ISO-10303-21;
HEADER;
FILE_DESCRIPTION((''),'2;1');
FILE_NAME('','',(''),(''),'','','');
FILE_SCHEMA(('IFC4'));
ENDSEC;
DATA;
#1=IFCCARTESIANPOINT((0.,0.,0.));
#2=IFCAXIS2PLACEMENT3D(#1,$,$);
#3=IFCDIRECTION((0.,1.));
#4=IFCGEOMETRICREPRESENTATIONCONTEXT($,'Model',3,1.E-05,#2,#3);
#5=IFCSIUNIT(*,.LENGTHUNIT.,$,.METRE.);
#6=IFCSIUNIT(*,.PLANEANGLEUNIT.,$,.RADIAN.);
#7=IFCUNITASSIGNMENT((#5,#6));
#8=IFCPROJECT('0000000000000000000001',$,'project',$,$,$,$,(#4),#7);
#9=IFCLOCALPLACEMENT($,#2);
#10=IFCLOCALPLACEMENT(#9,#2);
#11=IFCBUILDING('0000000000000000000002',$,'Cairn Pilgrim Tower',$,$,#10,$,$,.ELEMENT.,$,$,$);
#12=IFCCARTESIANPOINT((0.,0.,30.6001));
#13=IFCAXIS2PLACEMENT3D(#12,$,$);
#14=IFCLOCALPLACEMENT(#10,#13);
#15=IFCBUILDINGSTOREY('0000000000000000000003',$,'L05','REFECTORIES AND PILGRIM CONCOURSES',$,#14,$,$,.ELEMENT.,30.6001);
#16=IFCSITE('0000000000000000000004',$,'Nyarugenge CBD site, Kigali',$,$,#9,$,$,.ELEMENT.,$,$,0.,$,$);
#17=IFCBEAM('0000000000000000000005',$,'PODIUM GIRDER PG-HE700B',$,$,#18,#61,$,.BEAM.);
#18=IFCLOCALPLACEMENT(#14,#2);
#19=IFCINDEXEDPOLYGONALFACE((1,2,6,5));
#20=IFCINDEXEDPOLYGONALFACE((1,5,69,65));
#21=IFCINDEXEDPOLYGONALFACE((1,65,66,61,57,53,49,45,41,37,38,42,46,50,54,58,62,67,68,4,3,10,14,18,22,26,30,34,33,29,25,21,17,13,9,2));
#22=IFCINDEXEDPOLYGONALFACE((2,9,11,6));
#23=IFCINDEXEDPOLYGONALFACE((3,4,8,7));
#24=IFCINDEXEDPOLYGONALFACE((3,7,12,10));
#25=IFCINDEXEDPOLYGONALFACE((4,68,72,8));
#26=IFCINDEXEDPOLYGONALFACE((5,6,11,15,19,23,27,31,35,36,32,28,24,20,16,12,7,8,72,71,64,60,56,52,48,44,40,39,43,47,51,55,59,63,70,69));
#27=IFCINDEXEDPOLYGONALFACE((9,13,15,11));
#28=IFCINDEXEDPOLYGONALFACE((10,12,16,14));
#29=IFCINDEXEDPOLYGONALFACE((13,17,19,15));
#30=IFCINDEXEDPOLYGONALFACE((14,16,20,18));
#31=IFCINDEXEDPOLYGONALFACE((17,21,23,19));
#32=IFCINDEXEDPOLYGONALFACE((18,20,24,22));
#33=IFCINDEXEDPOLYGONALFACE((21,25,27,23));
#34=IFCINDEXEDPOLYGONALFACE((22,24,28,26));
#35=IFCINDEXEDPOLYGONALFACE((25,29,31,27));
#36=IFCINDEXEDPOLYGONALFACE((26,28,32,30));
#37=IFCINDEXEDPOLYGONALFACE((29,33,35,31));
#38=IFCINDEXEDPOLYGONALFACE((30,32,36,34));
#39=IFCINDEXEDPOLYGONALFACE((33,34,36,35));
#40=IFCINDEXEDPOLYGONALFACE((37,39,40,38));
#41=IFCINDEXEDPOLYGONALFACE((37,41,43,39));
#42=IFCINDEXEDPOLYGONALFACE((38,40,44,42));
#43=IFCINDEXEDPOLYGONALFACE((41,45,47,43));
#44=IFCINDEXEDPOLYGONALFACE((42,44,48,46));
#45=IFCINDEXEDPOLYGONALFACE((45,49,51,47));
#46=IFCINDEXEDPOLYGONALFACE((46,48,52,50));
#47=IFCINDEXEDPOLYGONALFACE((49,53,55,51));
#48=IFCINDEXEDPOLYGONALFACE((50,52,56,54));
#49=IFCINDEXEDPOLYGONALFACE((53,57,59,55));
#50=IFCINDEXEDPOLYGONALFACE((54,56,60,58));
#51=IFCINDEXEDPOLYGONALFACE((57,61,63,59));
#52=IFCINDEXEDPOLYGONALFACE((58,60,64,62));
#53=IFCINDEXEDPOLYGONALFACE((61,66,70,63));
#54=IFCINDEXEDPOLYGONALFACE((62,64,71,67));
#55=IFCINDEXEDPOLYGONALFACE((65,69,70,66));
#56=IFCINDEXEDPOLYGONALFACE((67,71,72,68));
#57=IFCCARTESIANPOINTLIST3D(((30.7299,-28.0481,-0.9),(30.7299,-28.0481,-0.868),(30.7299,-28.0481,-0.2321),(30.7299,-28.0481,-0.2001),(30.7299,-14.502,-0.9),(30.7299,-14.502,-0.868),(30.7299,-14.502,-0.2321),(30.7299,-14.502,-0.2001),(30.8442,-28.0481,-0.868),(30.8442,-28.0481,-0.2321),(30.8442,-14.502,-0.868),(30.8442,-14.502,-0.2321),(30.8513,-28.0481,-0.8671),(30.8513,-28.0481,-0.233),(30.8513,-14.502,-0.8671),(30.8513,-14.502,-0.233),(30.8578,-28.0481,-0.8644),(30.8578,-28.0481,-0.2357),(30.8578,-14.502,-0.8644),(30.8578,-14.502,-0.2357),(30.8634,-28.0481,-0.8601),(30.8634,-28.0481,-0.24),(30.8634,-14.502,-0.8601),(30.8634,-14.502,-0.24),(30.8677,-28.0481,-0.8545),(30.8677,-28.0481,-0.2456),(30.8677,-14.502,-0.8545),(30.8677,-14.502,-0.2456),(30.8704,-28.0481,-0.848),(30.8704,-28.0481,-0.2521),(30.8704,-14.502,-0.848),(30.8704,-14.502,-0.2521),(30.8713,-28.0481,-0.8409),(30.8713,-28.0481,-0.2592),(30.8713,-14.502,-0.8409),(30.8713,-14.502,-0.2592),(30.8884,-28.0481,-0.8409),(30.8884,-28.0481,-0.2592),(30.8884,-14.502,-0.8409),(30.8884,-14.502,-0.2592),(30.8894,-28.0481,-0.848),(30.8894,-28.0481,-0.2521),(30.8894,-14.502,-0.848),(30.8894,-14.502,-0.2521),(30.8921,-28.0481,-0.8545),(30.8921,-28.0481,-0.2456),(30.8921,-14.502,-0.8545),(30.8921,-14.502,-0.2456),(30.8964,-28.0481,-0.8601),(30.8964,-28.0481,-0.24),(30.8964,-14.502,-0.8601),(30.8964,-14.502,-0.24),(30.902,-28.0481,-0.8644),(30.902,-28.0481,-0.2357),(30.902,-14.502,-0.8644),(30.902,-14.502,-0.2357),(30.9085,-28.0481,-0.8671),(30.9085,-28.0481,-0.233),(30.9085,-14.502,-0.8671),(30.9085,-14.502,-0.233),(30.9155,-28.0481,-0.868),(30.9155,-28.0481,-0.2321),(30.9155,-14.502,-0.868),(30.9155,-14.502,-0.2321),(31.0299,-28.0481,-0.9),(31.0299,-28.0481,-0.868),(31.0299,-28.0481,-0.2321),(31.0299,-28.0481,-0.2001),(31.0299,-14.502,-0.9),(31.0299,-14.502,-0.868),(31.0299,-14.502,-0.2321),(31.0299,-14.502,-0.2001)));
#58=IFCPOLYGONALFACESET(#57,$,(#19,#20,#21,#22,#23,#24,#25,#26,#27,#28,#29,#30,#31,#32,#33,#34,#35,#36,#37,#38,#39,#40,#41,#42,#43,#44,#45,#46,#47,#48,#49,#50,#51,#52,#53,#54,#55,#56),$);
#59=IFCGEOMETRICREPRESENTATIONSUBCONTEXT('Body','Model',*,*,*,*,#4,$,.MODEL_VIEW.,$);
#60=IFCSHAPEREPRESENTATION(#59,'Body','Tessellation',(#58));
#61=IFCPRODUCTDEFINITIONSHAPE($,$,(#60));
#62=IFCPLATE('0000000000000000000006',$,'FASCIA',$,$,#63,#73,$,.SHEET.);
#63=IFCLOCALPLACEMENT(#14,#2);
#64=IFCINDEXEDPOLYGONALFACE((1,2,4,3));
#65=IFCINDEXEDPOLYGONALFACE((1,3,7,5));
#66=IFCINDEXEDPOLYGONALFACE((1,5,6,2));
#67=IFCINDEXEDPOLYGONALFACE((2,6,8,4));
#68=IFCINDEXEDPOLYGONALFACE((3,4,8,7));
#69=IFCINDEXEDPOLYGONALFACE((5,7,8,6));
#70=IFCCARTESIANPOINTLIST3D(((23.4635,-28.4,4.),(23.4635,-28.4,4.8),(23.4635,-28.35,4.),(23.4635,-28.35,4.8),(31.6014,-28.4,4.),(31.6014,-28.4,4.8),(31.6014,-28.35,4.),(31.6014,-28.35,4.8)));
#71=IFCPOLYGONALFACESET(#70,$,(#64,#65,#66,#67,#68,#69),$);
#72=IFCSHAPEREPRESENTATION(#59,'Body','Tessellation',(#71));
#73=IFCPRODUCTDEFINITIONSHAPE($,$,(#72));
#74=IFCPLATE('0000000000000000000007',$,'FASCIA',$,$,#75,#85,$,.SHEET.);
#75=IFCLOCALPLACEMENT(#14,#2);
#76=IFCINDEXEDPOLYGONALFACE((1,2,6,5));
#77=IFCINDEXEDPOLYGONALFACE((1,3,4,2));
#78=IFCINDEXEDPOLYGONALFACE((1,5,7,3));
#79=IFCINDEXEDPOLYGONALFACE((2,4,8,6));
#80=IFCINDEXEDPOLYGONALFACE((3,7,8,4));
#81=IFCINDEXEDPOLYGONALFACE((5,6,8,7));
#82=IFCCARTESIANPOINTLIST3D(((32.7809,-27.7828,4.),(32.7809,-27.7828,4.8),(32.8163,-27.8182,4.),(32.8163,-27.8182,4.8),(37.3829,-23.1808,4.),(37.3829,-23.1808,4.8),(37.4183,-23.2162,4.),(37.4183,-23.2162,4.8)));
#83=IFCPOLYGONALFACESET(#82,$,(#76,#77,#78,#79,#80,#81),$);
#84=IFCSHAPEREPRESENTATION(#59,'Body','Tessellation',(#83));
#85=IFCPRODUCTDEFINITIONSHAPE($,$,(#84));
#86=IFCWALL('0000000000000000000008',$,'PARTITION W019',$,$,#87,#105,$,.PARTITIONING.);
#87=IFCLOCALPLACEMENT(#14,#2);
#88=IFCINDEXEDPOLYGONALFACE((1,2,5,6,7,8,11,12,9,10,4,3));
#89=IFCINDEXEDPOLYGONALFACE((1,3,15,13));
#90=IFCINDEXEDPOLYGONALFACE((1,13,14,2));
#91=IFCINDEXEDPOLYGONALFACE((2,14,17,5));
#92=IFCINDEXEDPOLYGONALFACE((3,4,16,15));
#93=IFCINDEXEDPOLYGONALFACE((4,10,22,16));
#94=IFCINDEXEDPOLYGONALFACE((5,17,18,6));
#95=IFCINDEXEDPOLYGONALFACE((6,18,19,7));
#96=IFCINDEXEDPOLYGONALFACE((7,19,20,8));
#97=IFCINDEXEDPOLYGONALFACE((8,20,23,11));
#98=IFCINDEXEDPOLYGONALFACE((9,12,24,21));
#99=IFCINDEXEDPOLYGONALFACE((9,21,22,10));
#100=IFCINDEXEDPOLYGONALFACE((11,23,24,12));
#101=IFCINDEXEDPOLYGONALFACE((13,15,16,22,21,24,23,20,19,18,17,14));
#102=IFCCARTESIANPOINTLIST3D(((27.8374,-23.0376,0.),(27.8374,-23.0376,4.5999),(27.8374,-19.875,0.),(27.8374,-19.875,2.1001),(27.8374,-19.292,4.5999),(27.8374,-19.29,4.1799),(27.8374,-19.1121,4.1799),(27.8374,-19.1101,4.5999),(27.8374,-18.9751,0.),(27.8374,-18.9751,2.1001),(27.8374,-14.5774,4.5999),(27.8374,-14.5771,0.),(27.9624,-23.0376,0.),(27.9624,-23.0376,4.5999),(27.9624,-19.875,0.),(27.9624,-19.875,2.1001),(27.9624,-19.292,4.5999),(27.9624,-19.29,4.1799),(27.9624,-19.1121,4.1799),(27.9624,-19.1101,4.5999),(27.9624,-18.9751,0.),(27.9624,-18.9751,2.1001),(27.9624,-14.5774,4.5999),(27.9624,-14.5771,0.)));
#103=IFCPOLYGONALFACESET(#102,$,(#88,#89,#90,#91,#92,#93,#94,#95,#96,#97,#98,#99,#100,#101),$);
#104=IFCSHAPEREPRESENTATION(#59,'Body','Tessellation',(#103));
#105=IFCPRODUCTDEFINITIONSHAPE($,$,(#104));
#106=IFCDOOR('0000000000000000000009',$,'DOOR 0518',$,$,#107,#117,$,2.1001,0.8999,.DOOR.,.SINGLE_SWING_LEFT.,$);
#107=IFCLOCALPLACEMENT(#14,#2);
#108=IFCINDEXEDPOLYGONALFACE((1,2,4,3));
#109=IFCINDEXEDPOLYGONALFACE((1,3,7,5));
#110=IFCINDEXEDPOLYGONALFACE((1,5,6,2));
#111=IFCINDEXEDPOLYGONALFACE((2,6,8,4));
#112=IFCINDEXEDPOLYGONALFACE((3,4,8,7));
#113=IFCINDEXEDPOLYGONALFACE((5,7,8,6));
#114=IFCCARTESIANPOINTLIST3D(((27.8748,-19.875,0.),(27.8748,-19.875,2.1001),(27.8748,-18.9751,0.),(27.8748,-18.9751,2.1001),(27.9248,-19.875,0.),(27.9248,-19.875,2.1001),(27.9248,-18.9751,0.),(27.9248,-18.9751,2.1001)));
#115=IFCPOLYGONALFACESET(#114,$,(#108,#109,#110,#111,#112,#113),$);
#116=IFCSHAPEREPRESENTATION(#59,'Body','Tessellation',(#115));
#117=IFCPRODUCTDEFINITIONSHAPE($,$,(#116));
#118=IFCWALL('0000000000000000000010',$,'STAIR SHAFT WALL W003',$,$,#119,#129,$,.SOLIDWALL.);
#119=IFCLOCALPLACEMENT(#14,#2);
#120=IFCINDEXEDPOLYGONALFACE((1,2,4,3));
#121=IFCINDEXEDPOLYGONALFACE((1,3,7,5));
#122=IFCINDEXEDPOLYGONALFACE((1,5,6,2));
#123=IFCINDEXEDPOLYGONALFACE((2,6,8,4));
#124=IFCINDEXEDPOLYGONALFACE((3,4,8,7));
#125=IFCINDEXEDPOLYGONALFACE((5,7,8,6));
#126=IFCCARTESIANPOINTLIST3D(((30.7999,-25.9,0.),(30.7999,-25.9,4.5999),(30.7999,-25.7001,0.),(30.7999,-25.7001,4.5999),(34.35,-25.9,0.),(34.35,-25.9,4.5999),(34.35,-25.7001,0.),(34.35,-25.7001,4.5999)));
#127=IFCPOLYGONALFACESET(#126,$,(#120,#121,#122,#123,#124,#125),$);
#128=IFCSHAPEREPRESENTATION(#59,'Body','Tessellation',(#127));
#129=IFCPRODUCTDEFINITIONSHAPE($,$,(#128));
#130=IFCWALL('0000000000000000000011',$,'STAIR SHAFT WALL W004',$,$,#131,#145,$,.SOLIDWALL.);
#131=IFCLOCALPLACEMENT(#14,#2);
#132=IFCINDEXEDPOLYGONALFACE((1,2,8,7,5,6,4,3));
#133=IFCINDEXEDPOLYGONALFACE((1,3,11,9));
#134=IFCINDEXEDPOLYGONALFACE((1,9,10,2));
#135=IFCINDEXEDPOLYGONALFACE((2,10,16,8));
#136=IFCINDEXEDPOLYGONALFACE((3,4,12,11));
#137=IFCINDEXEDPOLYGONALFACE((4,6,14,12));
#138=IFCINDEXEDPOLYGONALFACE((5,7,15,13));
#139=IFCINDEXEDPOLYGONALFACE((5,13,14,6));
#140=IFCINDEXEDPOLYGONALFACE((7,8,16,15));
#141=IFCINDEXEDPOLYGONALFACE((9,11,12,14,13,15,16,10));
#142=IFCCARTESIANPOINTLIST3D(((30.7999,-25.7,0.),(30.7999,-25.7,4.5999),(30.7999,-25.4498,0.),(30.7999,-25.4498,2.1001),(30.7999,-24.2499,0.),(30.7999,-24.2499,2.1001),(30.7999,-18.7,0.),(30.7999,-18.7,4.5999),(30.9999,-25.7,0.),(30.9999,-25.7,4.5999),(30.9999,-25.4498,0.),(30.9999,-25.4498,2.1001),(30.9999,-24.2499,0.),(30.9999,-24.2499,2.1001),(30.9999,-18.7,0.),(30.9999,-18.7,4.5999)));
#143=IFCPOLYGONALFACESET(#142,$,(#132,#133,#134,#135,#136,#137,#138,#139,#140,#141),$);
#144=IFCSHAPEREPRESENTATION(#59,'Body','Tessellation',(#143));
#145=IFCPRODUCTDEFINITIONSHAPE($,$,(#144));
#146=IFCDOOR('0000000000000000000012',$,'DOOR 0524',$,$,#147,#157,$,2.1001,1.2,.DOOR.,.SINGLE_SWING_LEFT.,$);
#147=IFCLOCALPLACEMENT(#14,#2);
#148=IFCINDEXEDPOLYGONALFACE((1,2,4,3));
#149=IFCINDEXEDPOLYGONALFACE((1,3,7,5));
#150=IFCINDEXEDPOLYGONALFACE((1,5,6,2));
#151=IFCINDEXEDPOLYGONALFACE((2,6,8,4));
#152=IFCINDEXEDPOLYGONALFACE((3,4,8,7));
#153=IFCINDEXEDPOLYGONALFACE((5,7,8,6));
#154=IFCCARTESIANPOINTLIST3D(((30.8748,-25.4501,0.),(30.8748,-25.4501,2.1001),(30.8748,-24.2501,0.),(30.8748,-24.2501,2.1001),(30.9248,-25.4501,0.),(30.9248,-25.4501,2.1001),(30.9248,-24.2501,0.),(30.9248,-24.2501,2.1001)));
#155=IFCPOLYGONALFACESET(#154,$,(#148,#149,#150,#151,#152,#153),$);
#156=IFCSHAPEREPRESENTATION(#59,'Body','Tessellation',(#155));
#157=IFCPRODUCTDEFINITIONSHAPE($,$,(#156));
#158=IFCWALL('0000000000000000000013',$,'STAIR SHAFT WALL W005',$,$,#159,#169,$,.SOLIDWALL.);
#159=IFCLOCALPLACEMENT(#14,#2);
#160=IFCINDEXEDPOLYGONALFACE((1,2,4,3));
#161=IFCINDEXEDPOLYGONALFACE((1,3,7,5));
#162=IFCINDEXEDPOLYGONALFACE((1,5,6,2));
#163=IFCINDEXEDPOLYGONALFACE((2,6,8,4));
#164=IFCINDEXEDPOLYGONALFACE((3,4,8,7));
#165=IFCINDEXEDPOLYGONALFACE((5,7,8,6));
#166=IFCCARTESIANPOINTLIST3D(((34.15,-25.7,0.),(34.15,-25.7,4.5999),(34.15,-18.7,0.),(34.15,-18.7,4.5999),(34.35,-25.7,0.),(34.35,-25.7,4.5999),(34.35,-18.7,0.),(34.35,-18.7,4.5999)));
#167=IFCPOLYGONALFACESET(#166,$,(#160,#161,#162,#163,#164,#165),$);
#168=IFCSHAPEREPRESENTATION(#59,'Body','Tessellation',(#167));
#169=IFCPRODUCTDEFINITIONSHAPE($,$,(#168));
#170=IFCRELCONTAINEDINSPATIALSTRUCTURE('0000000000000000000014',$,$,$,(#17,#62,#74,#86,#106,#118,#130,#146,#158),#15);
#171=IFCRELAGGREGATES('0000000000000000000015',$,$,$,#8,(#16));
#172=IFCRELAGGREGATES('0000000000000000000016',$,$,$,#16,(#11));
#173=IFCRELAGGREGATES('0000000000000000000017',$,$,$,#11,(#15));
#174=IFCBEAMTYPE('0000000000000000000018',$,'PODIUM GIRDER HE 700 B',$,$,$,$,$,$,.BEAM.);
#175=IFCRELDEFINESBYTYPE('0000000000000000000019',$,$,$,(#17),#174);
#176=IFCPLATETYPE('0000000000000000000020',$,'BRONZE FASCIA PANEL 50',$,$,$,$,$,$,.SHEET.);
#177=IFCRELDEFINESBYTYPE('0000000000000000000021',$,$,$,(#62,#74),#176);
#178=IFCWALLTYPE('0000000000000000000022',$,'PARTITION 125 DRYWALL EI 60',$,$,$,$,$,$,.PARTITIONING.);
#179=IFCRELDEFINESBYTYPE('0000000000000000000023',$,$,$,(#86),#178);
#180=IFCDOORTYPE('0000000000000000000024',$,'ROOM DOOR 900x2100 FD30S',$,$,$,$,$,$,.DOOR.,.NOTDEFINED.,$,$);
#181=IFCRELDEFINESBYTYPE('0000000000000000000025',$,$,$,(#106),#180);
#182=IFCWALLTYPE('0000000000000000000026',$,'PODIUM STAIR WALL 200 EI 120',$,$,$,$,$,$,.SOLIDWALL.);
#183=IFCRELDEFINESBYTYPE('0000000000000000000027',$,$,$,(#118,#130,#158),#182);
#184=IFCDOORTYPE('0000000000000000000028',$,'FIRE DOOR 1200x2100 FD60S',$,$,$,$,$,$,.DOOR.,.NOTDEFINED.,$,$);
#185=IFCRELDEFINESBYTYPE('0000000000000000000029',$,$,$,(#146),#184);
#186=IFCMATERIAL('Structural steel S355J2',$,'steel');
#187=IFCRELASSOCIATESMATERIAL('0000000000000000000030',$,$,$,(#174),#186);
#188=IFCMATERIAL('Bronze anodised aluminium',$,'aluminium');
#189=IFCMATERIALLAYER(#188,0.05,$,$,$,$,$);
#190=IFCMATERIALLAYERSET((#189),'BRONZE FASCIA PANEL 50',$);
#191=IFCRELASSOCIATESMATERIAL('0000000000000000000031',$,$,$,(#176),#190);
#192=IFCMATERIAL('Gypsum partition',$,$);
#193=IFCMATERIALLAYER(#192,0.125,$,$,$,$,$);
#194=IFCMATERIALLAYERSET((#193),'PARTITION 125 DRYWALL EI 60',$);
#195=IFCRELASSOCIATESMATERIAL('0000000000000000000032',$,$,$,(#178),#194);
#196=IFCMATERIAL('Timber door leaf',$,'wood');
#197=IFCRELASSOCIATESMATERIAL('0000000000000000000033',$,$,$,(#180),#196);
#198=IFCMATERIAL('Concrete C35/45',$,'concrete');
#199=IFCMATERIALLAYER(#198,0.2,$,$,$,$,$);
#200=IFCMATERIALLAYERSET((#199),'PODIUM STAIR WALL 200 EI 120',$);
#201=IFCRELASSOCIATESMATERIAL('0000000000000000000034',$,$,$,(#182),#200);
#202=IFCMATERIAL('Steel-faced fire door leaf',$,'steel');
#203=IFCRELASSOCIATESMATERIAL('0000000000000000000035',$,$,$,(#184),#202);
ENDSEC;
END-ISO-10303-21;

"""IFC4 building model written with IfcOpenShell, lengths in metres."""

from ifc_helpers import new_model, si_unit, direction, frame, frame_2d, origin, origin_2d, place, context, subcontext, project, spatial, polyline, rectangle, i_section, outline, extrude, material, layer, layer_set, material_profile, profile_set, type_object, element, fill, save


model = new_model("IFC4")

# Units and contexts
model_context = context("Model", 3, precision=1e-05, world=origin(), true_north=direction((0.0, 1.0)))
body_context = subcontext(model_context, "Body", "Model", "MODEL_VIEW")
ifc_project = project(units=[si_unit("LENGTHUNIT", "METRE"), si_unit("PLANEANGLEUNIT", "RADIAN")], contexts=[model_context])

# Site, building, storey
site_placement = place(None, origin())
site = spatial("IfcSite", under=ifc_project, at=site_placement, Name="Nyarugenge CBD site, Kigali", CompositionType="ELEMENT", RefElevation=0.0)
building_placement = place(site_placement, origin())
building = spatial("IfcBuilding", under=site, at=building_placement, Name="Cairn Pilgrim Tower", CompositionType="ELEMENT")
storey_placement = place(building_placement, frame((0.0, 0.0, 30.6001)))
storey = spatial("IfcBuildingStorey", under=building, at=storey_placement, Name="L05", Description="REFECTORIES AND PILGRIM CONCOURSES", CompositionType="ELEMENT", Elevation=30.6001)

# Beam
ifc_material_1 = material(Name="Structural steel S355J2", Category="steel")
ifc_material_profile_1 = material_profile(ifc_material_1, i_section(OverallWidth=0.3, OverallDepth=0.7, WebThickness=0.0171, FlangeThickness=0.032, FilletRadius=0.0271, at=origin_2d()), Name="HEB 700")
ifc_profile_set_1 = profile_set([ifc_material_profile_1], Name="Structural steel S355J2")
beam_type_1 = type_object("IfcBeamType", Name="PODIUM GIRDER HE 700 B", PredefinedType="BEAM", material=ifc_profile_set_1)
beam_1_placement = place(storey_placement, frame((30.8799, -28.0481, -0.55), z_axis=(0.0, 1.0, 0.0), x_axis=(-1.0, 0.0, 0.0)))
element("IfcBeam", 1, at=beam_1_placement, inside=storey, type_object=beam_type_1, Name="PODIUM GIRDER PG-HE700B", PredefinedType="BEAM", context=body_context, shape_type="SweptSolid", body=[
    extrude(i_section(OverallWidth=0.3, OverallDepth=0.7, WebThickness=0.0171, FlangeThickness=0.032, FilletRadius=0.0271, at=origin_2d()), origin(), (0.0, 0.0, 1.0), 13.5461),
])

# Plates
ifc_material_2 = material(Name="Bronze anodised aluminium", Category="aluminium")
ifc_layer_1 = layer(ifc_material_2, 0.05)
ifc_layer_set_1 = layer_set([ifc_layer_1], Name="BRONZE FASCIA PANEL 50")
plate_type = type_object("IfcPlateType", Name="BRONZE FASCIA PANEL 50", PredefinedType="SHEET", material=ifc_layer_set_1)
plate_1_placement = place(storey_placement, frame((27.5325, -28.375, 4.0), z_axis=(0.0, 0.0, 1.0), x_axis=(1.0, 0.0, 0.0)))
element("IfcPlate", 2, at=plate_1_placement, inside=storey, type_object=plate_type, Name="FASCIA", PredefinedType="SHEET", context=body_context, shape_type="SweptSolid", body=[
    extrude(rectangle(XDim=8.1379, YDim=0.05, at=origin_2d()), origin(), (0.0, 0.0, 1.0), 0.8),
])
plate_2_placement = place(storey_placement, frame((35.0996, -25.4995, 4.0), z_axis=(0.0, 0.0, 1.0), x_axis=(0.707107, 0.707107, 0.0)))
element("IfcPlate", 3, at=plate_2_placement, inside=storey, type_object=plate_type, Name="FASCIA", PredefinedType="SHEET", context=body_context, shape_type="SweptSolid", body=[
    extrude(rectangle(XDim=6.5083, YDim=0.05, at=origin_2d()), origin(), (0.0, 0.0, 1.0), 0.8),
])

# Wall, opening, door
ifc_material_3 = material(Name="Gypsum partition")
ifc_layer_2 = layer(ifc_material_3, 0.125)
ifc_layer_set_2 = layer_set([ifc_layer_2], Name="PARTITION 125 DRYWALL EI 60")
wall_type_1 = type_object("IfcWallType", Name="PARTITION 125 DRYWALL EI 60", PredefinedType="PARTITIONING", material=ifc_layer_set_2)
wall_1_placement = place(storey_placement, frame((27.8999, -23.0376, 0.0), z_axis=(0.0, 0.0, 1.0), x_axis=(0.0, 1.0, 0.0)))
wall_1 = element("IfcWall", 4, at=wall_1_placement, inside=storey, type_object=wall_type_1, Name="PARTITION W019", PredefinedType="PARTITIONING", context=body_context, shape_type="SweptSolid", body=[
    extrude(outline(polyline([(0.0, 0.0), (8.4604, 0.0), (8.4602, 4.5999), (3.9275, 4.5999), (3.9255, 4.1799), (3.7476, 4.1799), (3.7456, 4.5999), (0.0, 4.5999), (0.0, 0.0)])), frame((0.0, 0.0625, 0.0), z_axis=(0.0, -1.0, 0.0), x_axis=(1.0, 0.0, 0.0)), (0.0, 0.0, 1.0), 0.125),
])
opening_1_placement = place(wall_1_placement, frame((3.1626, 0.0, 0.0)))
opening_1 = element("IfcOpeningElement", 5, at=opening_1_placement, cuts=wall_1, PredefinedType="OPENING", context=body_context, shape_type="SweptSolid", body=[
    extrude(rectangle(XDim=0.8999, YDim=2.1001, at=frame_2d((0.45, 1.05))), frame((0.0, 0.0725, 0.0), z_axis=(0.0, -1.0, 0.0), x_axis=(1.0, 0.0, 0.0)), (0.0, 0.0, 1.0), 0.145),
])
ifc_material_4 = material(Name="Timber door leaf", Category="wood")
door_type_1 = type_object("IfcDoorType", Name="ROOM DOOR 900x2100 FD30S", OperationType="NOTDEFINED", PredefinedType="DOOR", material=ifc_material_4)
door_1_placement = place(opening_1_placement, frame((0.8999, 0.0, 0.0), z_axis=(0.0, 0.0, 1.0), x_axis=(-1.0, 0.0, 0.0)))
door_1 = element("IfcDoor", 6, at=door_1_placement, inside=storey, type_object=door_type_1, Name="DOOR 0518", OperationType="SINGLE_SWING_LEFT", OverallHeight=2.1001, OverallWidth=0.8999, PredefinedType="DOOR", context=body_context, shape_type="SweptSolid", body=[
    extrude(rectangle(XDim=0.8999, YDim=2.1001, at=frame_2d((0.45, 1.05))), frame((0.0, 0.0249, 0.0), z_axis=(0.0, -1.0, 0.0), x_axis=(1.0, 0.0, 0.0)), (0.0, 0.0, 1.0), 0.05),
])
fill(opening_1, door_1)

# Wall
ifc_material_5 = material(Name="Concrete C35/45", Category="concrete")
ifc_layer_3 = layer(ifc_material_5, 0.2)
ifc_layer_set_3 = layer_set([ifc_layer_3], Name="PODIUM STAIR WALL 200 EI 120")
wall_type_2 = type_object("IfcWallType", Name="PODIUM STAIR WALL 200 EI 120", PredefinedType="SOLIDWALL", material=ifc_layer_set_3)
wall_2_placement = place(storey_placement, frame((30.8, -25.8, 0.0), z_axis=(0.0, 0.0, 1.0), x_axis=(1.0, 0.0, 0.0)))
element("IfcWall", 7, at=wall_2_placement, inside=storey, type_object=wall_type_2, Name="STAIR SHAFT WALL W003", PredefinedType="SOLIDWALL", context=body_context, shape_type="SweptSolid", body=[
    extrude(rectangle(XDim=3.55, YDim=0.2, at=frame_2d((1.7749, 0.0))), origin(), (0.0, 0.0, 1.0), 4.5999),
])

# Wall, opening, door
wall_3_placement = place(storey_placement, frame((30.8999, -25.7, 0.0), z_axis=(0.0, 0.0, 1.0), x_axis=(0.0, 1.0, 0.0)))
wall_3 = element("IfcWall", 8, at=wall_3_placement, inside=storey, type_object=wall_type_2, Name="STAIR SHAFT WALL W004", PredefinedType="SOLIDWALL", context=body_context, shape_type="SweptSolid", body=[
    extrude(rectangle(XDim=7.0, YDim=0.2, at=frame_2d((3.5, 0.0))), origin(), (0.0, 0.0, 1.0), 4.5999),
])
opening_2_placement = place(wall_3_placement, frame((0.25, 0.0, 0.0)))
opening_2 = element("IfcOpeningElement", 9, at=opening_2_placement, cuts=wall_3, PredefinedType="OPENING", context=body_context, shape_type="SweptSolid", body=[
    extrude(rectangle(XDim=1.2, YDim=2.1001, at=frame_2d((0.6001, 1.05))), frame((0.0, 0.1099, 0.0), z_axis=(0.0, -1.0, 0.0), x_axis=(1.0, 0.0, 0.0)), (0.0, 0.0, 1.0), 0.22),
])
ifc_material_6 = material(Name="Steel-faced fire door leaf", Category="steel")
door_type_2 = type_object("IfcDoorType", Name="FIRE DOOR 1200x2100 FD60S", OperationType="NOTDEFINED", PredefinedType="DOOR", material=ifc_material_6)
door_2_placement = place(opening_2_placement, frame((1.2, 0.0, 0.0), z_axis=(0.0, 0.0, 1.0), x_axis=(-1.0, 0.0, 0.0)))
door_2 = element("IfcDoor", 10, at=door_2_placement, inside=storey, type_object=door_type_2, Name="DOOR 0524", OperationType="SINGLE_SWING_LEFT", OverallHeight=2.1001, OverallWidth=1.2, PredefinedType="DOOR", context=body_context, shape_type="SweptSolid", body=[
    extrude(rectangle(XDim=1.2, YDim=2.1001, at=frame_2d((0.6001, 1.05))), frame((0.0, 0.0249, 0.0), z_axis=(0.0, -1.0, 0.0), x_axis=(1.0, 0.0, 0.0)), (0.0, 0.0, 1.0), 0.05),
])
fill(opening_2, door_2)

# Wall
wall_4_placement = place(storey_placement, frame((34.25, -25.7, 0.0), z_axis=(0.0, 0.0, 1.0), x_axis=(0.0, 1.0, 0.0)))
element("IfcWall", 11, at=wall_4_placement, inside=storey, type_object=wall_type_2, Name="STAIR SHAFT WALL W005", PredefinedType="SOLIDWALL", context=body_context, shape_type="SweptSolid", body=[
    extrude(rectangle(XDim=7.0, YDim=0.2, at=frame_2d((3.5, 0.0))), origin(), (0.0, 0.0, 1.0), 4.5999),
])

save(model, "model.ifc")
